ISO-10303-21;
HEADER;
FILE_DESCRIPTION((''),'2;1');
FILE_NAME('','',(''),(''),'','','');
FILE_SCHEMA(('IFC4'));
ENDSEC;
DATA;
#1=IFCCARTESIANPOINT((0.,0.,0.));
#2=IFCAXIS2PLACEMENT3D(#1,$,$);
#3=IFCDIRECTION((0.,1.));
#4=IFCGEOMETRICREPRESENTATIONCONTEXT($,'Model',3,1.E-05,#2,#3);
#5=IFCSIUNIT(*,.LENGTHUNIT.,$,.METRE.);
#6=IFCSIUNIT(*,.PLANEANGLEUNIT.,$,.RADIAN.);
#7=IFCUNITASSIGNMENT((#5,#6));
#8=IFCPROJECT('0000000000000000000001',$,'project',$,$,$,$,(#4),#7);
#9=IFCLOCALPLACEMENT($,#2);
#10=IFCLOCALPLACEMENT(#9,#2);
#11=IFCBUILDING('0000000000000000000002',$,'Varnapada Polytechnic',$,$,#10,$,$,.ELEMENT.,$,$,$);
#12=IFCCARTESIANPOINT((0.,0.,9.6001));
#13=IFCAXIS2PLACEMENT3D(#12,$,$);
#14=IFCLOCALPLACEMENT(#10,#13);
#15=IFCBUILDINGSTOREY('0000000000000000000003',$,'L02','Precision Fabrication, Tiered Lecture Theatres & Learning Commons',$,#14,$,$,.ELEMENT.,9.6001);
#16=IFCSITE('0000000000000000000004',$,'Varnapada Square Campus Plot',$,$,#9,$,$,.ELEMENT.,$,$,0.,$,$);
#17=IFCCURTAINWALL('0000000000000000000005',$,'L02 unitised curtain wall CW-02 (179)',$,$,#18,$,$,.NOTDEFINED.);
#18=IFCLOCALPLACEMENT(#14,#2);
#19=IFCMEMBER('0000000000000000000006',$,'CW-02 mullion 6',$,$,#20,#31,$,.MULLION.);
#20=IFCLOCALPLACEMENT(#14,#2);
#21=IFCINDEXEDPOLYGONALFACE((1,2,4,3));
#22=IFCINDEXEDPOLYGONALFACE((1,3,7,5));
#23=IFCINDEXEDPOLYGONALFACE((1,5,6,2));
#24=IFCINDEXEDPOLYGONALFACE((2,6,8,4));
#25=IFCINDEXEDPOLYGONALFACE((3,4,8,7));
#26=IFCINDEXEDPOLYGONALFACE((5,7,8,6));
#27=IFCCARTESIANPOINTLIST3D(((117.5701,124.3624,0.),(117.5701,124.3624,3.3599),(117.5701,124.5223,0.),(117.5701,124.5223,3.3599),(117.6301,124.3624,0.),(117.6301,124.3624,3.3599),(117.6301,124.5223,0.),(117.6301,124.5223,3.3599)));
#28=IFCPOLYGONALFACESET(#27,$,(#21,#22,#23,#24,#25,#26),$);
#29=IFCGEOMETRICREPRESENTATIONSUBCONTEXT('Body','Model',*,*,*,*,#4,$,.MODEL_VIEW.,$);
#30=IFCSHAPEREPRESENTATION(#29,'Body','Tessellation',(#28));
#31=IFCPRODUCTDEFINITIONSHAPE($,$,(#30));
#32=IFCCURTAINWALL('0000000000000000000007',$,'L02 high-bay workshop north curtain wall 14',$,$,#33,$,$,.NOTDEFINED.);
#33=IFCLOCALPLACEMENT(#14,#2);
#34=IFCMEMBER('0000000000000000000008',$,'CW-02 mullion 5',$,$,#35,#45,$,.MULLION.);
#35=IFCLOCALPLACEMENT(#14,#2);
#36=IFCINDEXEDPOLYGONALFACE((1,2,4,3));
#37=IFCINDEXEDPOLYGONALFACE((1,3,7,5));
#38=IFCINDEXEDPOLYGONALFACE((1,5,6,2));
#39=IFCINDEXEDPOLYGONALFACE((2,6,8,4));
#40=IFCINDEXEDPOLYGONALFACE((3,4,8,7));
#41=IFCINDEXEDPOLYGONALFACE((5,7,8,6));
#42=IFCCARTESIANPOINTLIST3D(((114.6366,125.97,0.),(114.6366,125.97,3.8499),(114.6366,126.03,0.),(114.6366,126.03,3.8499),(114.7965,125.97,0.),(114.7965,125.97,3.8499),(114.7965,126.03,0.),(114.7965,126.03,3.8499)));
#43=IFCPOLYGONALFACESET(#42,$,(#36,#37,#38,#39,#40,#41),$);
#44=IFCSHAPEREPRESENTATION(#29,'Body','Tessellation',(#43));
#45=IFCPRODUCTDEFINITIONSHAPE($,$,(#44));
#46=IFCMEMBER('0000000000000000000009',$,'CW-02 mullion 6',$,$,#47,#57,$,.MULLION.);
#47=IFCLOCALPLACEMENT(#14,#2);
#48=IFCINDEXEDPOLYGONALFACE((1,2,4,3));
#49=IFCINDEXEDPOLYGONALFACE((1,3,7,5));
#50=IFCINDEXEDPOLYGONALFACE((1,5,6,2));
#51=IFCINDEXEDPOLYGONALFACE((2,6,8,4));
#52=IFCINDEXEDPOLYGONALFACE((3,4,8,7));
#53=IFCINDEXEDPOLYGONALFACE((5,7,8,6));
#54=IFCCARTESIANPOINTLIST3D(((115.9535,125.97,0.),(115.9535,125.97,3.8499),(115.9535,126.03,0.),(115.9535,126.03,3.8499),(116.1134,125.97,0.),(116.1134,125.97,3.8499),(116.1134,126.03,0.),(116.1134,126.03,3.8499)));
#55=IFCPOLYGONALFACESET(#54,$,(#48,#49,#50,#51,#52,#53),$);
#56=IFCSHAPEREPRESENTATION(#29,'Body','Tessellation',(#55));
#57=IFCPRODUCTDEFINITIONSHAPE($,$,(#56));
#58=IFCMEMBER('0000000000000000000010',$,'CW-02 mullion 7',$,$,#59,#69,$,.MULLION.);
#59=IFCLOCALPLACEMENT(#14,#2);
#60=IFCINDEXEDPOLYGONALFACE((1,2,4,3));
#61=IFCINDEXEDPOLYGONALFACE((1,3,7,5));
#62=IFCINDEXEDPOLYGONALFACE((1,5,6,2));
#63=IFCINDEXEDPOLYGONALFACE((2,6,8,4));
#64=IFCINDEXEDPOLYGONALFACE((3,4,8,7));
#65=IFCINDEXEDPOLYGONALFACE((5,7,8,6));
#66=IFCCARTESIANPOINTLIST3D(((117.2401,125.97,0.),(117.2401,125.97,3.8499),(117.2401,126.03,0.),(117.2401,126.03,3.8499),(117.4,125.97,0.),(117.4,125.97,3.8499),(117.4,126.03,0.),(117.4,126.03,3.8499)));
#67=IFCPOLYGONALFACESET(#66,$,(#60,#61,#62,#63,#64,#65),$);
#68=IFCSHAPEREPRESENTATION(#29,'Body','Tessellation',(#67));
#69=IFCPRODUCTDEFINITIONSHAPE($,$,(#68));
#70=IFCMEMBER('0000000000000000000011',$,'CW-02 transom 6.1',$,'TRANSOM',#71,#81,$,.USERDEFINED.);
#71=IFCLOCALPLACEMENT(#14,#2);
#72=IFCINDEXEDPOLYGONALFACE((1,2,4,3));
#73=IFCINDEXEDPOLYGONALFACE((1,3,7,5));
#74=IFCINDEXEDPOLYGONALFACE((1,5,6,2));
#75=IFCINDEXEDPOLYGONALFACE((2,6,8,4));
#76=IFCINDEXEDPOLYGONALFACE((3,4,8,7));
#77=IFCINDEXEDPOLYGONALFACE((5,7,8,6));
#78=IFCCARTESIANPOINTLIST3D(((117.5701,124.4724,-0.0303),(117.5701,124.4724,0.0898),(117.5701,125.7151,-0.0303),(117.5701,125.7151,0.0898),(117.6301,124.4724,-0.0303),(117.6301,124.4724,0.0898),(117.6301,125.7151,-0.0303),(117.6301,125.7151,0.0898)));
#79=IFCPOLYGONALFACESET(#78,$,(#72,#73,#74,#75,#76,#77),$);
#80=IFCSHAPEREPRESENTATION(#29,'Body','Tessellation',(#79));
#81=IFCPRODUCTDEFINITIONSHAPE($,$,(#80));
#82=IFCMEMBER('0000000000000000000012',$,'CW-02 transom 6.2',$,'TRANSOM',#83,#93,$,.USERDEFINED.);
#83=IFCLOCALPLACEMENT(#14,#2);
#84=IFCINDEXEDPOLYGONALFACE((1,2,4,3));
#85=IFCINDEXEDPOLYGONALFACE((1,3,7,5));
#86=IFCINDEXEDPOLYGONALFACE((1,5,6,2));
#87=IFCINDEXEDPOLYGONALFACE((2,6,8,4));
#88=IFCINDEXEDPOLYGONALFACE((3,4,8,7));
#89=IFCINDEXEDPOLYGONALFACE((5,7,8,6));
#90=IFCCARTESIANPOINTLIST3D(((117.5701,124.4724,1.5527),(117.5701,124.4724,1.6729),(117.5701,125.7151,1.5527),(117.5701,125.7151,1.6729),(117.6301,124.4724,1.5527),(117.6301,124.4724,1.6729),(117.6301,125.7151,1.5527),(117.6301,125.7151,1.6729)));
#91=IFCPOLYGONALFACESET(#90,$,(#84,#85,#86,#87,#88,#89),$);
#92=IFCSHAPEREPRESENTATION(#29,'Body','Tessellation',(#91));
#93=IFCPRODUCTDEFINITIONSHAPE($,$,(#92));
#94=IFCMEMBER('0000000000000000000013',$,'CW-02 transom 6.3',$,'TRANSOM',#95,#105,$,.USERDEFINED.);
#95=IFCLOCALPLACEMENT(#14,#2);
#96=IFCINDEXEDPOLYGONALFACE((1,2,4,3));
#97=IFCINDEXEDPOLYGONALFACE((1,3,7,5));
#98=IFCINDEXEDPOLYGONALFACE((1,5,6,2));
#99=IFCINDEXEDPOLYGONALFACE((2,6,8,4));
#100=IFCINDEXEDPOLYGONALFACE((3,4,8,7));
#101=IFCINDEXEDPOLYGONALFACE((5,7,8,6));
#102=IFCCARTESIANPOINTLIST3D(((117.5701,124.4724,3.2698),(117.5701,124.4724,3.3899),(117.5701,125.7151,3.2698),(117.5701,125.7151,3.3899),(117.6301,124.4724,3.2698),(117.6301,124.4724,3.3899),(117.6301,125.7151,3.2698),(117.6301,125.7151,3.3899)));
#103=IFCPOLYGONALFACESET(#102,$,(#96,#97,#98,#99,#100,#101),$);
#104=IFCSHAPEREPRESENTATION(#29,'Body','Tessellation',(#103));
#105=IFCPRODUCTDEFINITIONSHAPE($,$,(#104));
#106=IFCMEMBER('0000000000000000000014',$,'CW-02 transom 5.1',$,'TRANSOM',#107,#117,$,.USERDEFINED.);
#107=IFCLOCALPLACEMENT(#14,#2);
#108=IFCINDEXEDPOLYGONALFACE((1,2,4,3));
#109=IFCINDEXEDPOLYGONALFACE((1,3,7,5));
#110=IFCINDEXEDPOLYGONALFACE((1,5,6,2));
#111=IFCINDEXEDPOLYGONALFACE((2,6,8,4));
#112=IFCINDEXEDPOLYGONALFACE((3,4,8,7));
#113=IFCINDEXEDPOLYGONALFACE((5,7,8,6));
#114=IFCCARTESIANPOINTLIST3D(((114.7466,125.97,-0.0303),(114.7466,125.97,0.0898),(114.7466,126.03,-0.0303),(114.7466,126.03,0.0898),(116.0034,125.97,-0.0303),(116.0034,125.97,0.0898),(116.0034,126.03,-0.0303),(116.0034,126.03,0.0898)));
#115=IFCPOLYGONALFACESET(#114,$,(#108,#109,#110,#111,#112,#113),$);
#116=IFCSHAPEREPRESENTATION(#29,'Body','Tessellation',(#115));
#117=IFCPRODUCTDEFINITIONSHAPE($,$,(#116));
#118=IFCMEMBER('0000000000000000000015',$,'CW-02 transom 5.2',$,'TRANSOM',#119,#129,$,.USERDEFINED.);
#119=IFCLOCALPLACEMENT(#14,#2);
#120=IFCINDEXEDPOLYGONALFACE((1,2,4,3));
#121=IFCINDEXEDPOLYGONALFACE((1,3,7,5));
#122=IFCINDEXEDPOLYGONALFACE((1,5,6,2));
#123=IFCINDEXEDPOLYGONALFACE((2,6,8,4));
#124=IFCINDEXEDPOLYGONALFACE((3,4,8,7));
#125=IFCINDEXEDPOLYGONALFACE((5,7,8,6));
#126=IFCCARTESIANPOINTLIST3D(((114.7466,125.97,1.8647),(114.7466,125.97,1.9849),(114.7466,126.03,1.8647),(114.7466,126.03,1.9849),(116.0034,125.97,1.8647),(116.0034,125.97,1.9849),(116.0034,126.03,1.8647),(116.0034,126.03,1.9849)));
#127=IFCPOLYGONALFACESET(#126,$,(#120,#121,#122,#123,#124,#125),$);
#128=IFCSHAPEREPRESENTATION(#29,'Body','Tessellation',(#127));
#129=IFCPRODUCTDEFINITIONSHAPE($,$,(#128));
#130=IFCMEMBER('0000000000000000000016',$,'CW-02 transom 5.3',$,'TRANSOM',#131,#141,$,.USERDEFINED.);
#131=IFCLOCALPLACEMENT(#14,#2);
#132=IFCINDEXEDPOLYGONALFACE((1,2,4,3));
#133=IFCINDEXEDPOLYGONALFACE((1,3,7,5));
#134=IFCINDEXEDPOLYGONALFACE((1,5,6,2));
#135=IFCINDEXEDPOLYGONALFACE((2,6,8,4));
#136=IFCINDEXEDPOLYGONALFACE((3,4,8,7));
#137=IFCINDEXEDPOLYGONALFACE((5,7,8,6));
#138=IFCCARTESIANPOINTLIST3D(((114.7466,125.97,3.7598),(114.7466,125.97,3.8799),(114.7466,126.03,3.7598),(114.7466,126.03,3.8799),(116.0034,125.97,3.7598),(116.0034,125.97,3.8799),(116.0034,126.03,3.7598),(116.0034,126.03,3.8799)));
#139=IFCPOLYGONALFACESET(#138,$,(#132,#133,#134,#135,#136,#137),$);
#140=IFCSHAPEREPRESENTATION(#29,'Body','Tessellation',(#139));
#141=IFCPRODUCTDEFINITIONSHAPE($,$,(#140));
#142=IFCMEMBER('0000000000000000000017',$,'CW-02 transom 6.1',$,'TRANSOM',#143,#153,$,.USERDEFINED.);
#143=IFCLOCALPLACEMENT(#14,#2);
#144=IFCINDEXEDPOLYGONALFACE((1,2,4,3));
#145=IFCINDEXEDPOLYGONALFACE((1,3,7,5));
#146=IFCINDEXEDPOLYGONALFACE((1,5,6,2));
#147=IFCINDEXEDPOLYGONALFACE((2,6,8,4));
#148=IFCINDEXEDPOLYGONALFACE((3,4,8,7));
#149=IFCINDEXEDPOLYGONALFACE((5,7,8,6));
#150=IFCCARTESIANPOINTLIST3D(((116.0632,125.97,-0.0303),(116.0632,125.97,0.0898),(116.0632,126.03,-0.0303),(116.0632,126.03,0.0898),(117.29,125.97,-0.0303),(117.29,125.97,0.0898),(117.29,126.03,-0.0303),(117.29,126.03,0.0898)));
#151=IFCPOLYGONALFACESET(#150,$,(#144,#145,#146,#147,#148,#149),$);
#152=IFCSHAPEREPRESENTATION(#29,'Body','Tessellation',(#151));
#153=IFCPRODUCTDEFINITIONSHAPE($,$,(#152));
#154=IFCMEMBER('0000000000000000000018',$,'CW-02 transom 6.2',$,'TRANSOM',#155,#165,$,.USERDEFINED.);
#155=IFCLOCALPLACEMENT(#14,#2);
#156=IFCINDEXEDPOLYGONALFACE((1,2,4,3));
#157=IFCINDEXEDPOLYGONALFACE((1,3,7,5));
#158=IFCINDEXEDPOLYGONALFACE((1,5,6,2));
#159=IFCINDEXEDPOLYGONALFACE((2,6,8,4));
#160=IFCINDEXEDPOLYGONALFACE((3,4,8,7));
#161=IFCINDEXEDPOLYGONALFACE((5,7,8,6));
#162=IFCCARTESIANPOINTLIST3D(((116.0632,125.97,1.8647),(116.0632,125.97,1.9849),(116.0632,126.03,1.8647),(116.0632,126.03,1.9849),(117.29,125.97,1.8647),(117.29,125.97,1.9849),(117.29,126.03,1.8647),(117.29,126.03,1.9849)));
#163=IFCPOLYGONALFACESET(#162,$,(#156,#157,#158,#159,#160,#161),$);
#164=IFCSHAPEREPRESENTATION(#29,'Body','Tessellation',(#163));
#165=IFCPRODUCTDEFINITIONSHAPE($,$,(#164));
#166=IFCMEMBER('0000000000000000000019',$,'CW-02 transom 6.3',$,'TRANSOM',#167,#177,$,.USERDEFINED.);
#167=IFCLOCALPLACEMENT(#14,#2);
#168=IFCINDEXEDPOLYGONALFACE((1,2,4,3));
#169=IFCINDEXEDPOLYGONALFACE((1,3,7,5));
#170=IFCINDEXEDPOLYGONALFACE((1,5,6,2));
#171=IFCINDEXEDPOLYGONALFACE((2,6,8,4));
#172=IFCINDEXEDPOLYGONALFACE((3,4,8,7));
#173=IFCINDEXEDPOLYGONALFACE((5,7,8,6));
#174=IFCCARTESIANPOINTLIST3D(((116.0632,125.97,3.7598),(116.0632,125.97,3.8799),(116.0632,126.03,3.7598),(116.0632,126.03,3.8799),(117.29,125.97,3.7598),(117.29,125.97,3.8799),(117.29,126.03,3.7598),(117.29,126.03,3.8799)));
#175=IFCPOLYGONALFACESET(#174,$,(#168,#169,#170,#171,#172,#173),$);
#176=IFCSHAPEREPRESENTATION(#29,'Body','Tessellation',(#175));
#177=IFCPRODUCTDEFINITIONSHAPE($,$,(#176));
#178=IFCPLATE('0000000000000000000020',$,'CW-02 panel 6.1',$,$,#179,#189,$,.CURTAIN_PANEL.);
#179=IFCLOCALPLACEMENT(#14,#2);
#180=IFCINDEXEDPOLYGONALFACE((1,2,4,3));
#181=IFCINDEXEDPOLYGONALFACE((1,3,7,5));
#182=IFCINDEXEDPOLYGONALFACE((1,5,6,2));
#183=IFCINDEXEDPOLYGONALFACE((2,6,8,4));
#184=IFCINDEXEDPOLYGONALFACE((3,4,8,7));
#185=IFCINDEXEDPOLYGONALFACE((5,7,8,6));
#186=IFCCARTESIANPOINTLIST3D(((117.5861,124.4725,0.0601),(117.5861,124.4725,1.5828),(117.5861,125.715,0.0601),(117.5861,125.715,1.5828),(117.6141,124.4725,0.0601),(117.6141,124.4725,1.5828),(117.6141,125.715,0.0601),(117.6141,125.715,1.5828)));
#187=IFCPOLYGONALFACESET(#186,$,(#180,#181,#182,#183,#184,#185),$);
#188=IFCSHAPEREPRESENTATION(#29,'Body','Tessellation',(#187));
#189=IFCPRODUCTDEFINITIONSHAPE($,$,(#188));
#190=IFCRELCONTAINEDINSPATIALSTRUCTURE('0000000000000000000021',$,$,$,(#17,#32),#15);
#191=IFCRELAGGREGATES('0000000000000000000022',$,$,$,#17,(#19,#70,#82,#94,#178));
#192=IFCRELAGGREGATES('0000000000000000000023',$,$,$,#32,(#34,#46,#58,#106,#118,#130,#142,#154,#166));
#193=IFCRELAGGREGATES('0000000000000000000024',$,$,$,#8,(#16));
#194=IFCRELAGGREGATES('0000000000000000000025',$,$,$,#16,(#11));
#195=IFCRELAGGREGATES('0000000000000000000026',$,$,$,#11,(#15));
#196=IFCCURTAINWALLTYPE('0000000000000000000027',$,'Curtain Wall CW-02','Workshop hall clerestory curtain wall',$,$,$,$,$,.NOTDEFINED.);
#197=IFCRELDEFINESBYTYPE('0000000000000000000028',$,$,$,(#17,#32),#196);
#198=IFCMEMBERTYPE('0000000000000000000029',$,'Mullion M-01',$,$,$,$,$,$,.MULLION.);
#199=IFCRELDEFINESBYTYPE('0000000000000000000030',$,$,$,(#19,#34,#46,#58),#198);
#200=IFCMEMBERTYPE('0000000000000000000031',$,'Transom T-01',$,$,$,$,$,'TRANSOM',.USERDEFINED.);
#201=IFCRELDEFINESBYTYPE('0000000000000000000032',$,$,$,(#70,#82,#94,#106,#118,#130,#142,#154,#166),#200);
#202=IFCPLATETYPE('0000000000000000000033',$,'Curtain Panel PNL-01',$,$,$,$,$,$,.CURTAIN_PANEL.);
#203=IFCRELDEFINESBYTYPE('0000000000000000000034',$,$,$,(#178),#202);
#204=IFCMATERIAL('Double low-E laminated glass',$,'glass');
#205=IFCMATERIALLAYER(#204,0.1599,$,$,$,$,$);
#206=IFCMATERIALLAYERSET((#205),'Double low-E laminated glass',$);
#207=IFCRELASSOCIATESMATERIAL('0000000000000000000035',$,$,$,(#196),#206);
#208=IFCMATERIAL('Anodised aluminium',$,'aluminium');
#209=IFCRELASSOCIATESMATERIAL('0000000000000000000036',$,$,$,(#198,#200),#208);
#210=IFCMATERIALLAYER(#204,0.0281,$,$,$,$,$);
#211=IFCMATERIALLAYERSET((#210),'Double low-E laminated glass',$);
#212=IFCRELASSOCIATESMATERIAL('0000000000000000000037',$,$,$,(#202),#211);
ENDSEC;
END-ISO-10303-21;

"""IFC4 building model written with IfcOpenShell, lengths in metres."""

from ifc_helpers import new_model, si_unit, direction, frame, origin, origin_2d, place, context, subcontext, project, spatial, rectangle, extrude, material, layer, layer_set, material_profile, profile_set, type_object, element, aggregate, save


model = new_model("IFC4")

# Units and contexts
model_context = context("Model", 3, precision=1e-05, world=origin(), true_north=direction((0.0, 1.0)))
body_context = subcontext(model_context, "Body", "Model", "MODEL_VIEW")
ifc_project = project(units=[si_unit("LENGTHUNIT", "METRE"), si_unit("PLANEANGLEUNIT", "RADIAN")], contexts=[model_context])

# Site, building, storey
site_placement = place(None, origin())
site = spatial("IfcSite", under=ifc_project, at=site_placement, Name="Varnapada Square Campus Plot", CompositionType="ELEMENT", RefElevation=0.0)
building_placement = place(site_placement, origin())
building = spatial("IfcBuilding", under=site, at=building_placement, Name="Varnapada Polytechnic", CompositionType="ELEMENT")
storey_placement = place(building_placement, frame((0.0, 0.0, 9.6001)))
storey = spatial("IfcBuildingStorey", under=building, at=storey_placement, Name="L02", Description="Precision Fabrication, Tiered Lecture Theatres & Learning Commons", CompositionType="ELEMENT", Elevation=9.6001)

# Curtain wall, member
ifc_material_1 = material(Name="Double low-E laminated glass", Category="glass")
ifc_layer_1 = layer(ifc_material_1, 0.1599)
ifc_layer_set_1 = layer_set([ifc_layer_1], Name="Double low-E laminated glass")
curtain_wall_type = type_object("IfcCurtainWallType", Name="Curtain Wall CW-02", Description="Workshop hall clerestory curtain wall", PredefinedType="NOTDEFINED", material=ifc_layer_set_1)
curtain_wall_1_placement = place(storey_placement, origin())
curtain_wall_1 = element("IfcCurtainWall", 1, at=curtain_wall_1_placement, inside=storey, type_object=curtain_wall_type, Name="L02 unitised curtain wall CW-02 (179)", PredefinedType="NOTDEFINED")
ifc_material_2 = material(Name="Anodised aluminium", Category="aluminium")
ifc_material_profile_1 = material_profile(ifc_material_2, rectangle(XDim=0.0601, YDim=0.1599, at=origin_2d()), Name="ALU M60x160")
ifc_profile_set_1 = profile_set([ifc_material_profile_1], Name="Anodised aluminium")
member_type_1 = type_object("IfcMemberType", Name="Mullion M-01", PredefinedType="MULLION", material=ifc_profile_set_1)
member_1_placement = place(storey_placement, frame((117.6001, 124.4424, 0.0), z_axis=(0.0, 0.0, 1.0), x_axis=(-1.0, 0.0, 0.0)))
member_1 = element("IfcMember", 2, at=member_1_placement, type_object=member_type_1, Name="CW-02 mullion 6", PredefinedType="MULLION", context=body_context, shape_type="SweptSolid", body=[
    extrude(rectangle(XDim=0.0601, YDim=0.1599, at=origin_2d()), origin(), (0.0, 0.0, 1.0), 3.3599),
])

# Curtain wall, members
curtain_wall_2_placement = place(storey_placement, origin())
curtain_wall_2 = element("IfcCurtainWall", 3, at=curtain_wall_2_placement, inside=storey, type_object=curtain_wall_type, Name="L02 high-bay workshop north curtain wall 14", PredefinedType="NOTDEFINED")
member_2_placement = place(storey_placement, frame((114.7166, 126.0, 0.0), z_axis=(0.0, 0.0, 1.0), x_axis=(0.0, 1.0, 0.0)))
member_2 = element("IfcMember", 4, at=member_2_placement, type_object=member_type_1, Name="CW-02 mullion 5", PredefinedType="MULLION", context=body_context, shape_type="SweptSolid", body=[
    extrude(rectangle(XDim=0.0601, YDim=0.1599, at=origin_2d()), origin(), (0.0, 0.0, 1.0), 3.8499),
])
member_3_placement = place(storey_placement, frame((116.0334, 126.0, 0.0), z_axis=(0.0, 0.0, 1.0), x_axis=(0.0, 1.0, 0.0)))
member_3 = element("IfcMember", 5, at=member_3_placement, type_object=member_type_1, Name="CW-02 mullion 6", PredefinedType="MULLION", context=body_context, shape_type="SweptSolid", body=[
    extrude(rectangle(XDim=0.0601, YDim=0.1599, at=origin_2d()), origin(), (0.0, 0.0, 1.0), 3.8499),
])
member_4_placement = place(storey_placement, frame((117.3201, 126.0, 0.0), z_axis=(0.0, 0.0, 1.0), x_axis=(0.0, 1.0, 0.0)))
member_4 = element("IfcMember", 6, at=member_4_placement, type_object=member_type_1, Name="CW-02 mullion 7", PredefinedType="MULLION", context=body_context, shape_type="SweptSolid", body=[
    extrude(rectangle(XDim=0.0601, YDim=0.1599, at=origin_2d()), origin(), (0.0, 0.0, 1.0), 3.8499),
])

# Members
ifc_material_profile_2 = material_profile(ifc_material_2, rectangle(XDim=0.0601, YDim=0.1201, at=origin_2d()), Name="ALU T60x120")
ifc_profile_set_2 = profile_set([ifc_material_profile_2], Name="Anodised aluminium")
member_type_2 = type_object("IfcMemberType", Name="Transom T-01", ElementType="TRANSOM", PredefinedType="USERDEFINED", material=ifc_profile_set_2)
member_5_placement = place(storey_placement, frame((117.6001, 124.4724, 0.0298), z_axis=(0.0, 1.0, 0.0), x_axis=(-1.0, 0.0, 0.0)))
member_5 = element("IfcMember", 7, at=member_5_placement, type_object=member_type_2, Name="CW-02 transom 6.1", ObjectType="TRANSOM", PredefinedType="USERDEFINED", context=body_context, shape_type="SweptSolid", body=[
    extrude(rectangle(XDim=0.0601, YDim=0.1201, at=origin_2d()), origin(), (0.0, 0.0, 1.0), 1.2427),
])
member_6_placement = place(storey_placement, frame((117.6001, 124.4724, 1.6128), z_axis=(0.0, 1.0, 0.0), x_axis=(-1.0, 0.0, 0.0)))
member_6 = element("IfcMember", 8, at=member_6_placement, type_object=member_type_2, Name="CW-02 transom 6.2", ObjectType="TRANSOM", PredefinedType="USERDEFINED", context=body_context, shape_type="SweptSolid", body=[
    extrude(rectangle(XDim=0.0601, YDim=0.1201, at=origin_2d()), origin(), (0.0, 0.0, 1.0), 1.2427),
])
member_7_placement = place(storey_placement, frame((117.6001, 124.4724, 3.3298), z_axis=(0.0, 1.0, 0.0), x_axis=(-1.0, 0.0, 0.0)))
member_7 = element("IfcMember", 9, at=member_7_placement, type_object=member_type_2, Name="CW-02 transom 6.3", ObjectType="TRANSOM", PredefinedType="USERDEFINED", context=body_context, shape_type="SweptSolid", body=[
    extrude(rectangle(XDim=0.0601, YDim=0.1201, at=origin_2d()), origin(), (0.0, 0.0, 1.0), 1.2427),
])
member_8_placement = place(storey_placement, frame((114.7466, 126.0, 0.0298), z_axis=(1.0, 0.0, 0.0), x_axis=(0.0, 1.0, 0.0)))
member_8 = element("IfcMember", 10, at=member_8_placement, type_object=member_type_2, Name="CW-02 transom 5.1", ObjectType="TRANSOM", PredefinedType="USERDEFINED", context=body_context, shape_type="SweptSolid", body=[
    extrude(rectangle(XDim=0.0601, YDim=0.1201, at=origin_2d()), origin(), (0.0, 0.0, 1.0), 1.2568),
])
member_9_placement = place(storey_placement, frame((114.7466, 126.0, 1.9248), z_axis=(1.0, 0.0, 0.0), x_axis=(0.0, 1.0, 0.0)))
member_9 = element("IfcMember", 11, at=member_9_placement, type_object=member_type_2, Name="CW-02 transom 5.2", ObjectType="TRANSOM", PredefinedType="USERDEFINED", context=body_context, shape_type="SweptSolid", body=[
    extrude(rectangle(XDim=0.0601, YDim=0.1201, at=origin_2d()), origin(), (0.0, 0.0, 1.0), 1.2568),
])
member_10_placement = place(storey_placement, frame((114.7466, 126.0, 3.8198), z_axis=(1.0, 0.0, 0.0), x_axis=(0.0, 1.0, 0.0)))
member_10 = element("IfcMember", 12, at=member_10_placement, type_object=member_type_2, Name="CW-02 transom 5.3", ObjectType="TRANSOM", PredefinedType="USERDEFINED", context=body_context, shape_type="SweptSolid", body=[
    extrude(rectangle(XDim=0.0601, YDim=0.1201, at=origin_2d()), origin(), (0.0, 0.0, 1.0), 1.2568),
])
member_11_placement = place(storey_placement, frame((116.0632, 126.0, 0.0298), z_axis=(1.0, 0.0, 0.0), x_axis=(0.0, 1.0, 0.0)))
member_11 = element("IfcMember", 13, at=member_11_placement, type_object=member_type_2, Name="CW-02 transom 6.1", ObjectType="TRANSOM", PredefinedType="USERDEFINED", context=body_context, shape_type="SweptSolid", body=[
    extrude(rectangle(XDim=0.0601, YDim=0.1201, at=origin_2d()), origin(), (0.0, 0.0, 1.0), 1.2268),
])
member_12_placement = place(storey_placement, frame((116.0632, 126.0, 1.9248), z_axis=(1.0, 0.0, 0.0), x_axis=(0.0, 1.0, 0.0)))
member_12 = element("IfcMember", 14, at=member_12_placement, type_object=member_type_2, Name="CW-02 transom 6.2", ObjectType="TRANSOM", PredefinedType="USERDEFINED", context=body_context, shape_type="SweptSolid", body=[
    extrude(rectangle(XDim=0.0601, YDim=0.1201, at=origin_2d()), origin(), (0.0, 0.0, 1.0), 1.2268),
])
member_13_placement = place(storey_placement, frame((116.0632, 126.0, 3.8198), z_axis=(1.0, 0.0, 0.0), x_axis=(0.0, 1.0, 0.0)))
member_13 = element("IfcMember", 15, at=member_13_placement, type_object=member_type_2, Name="CW-02 transom 6.3", ObjectType="TRANSOM", PredefinedType="USERDEFINED", context=body_context, shape_type="SweptSolid", body=[
    extrude(rectangle(XDim=0.0601, YDim=0.1201, at=origin_2d()), origin(), (0.0, 0.0, 1.0), 1.2268),
])

# Plate
ifc_layer_2 = layer(ifc_material_1, 0.0281)
ifc_layer_set_2 = layer_set([ifc_layer_2], Name="Double low-E laminated glass")
plate_type = type_object("IfcPlateType", Name="Curtain Panel PNL-01", PredefinedType="CURTAIN_PANEL", material=ifc_layer_set_2)
plate_1_placement = place(storey_placement, frame((117.6001, 125.0938, 0.0601), z_axis=(0.0, 0.0, 1.0), x_axis=(0.0, 1.0, 0.0)))
plate_1 = element("IfcPlate", 16, at=plate_1_placement, type_object=plate_type, Name="CW-02 panel 6.1", PredefinedType="CURTAIN_PANEL", context=body_context, shape_type="SweptSolid", body=[
    extrude(rectangle(XDim=1.2424, YDim=0.0281, at=origin_2d()), origin(), (0.0, 0.0, 1.0), 1.5227),
])
aggregate(curtain_wall_1, [member_1, member_5, member_6, member_7, plate_1])
aggregate(curtain_wall_2, [member_2, member_3, member_4, member_8, member_9, member_10, member_11, member_12, member_13])

save(model, "model.ifc")
